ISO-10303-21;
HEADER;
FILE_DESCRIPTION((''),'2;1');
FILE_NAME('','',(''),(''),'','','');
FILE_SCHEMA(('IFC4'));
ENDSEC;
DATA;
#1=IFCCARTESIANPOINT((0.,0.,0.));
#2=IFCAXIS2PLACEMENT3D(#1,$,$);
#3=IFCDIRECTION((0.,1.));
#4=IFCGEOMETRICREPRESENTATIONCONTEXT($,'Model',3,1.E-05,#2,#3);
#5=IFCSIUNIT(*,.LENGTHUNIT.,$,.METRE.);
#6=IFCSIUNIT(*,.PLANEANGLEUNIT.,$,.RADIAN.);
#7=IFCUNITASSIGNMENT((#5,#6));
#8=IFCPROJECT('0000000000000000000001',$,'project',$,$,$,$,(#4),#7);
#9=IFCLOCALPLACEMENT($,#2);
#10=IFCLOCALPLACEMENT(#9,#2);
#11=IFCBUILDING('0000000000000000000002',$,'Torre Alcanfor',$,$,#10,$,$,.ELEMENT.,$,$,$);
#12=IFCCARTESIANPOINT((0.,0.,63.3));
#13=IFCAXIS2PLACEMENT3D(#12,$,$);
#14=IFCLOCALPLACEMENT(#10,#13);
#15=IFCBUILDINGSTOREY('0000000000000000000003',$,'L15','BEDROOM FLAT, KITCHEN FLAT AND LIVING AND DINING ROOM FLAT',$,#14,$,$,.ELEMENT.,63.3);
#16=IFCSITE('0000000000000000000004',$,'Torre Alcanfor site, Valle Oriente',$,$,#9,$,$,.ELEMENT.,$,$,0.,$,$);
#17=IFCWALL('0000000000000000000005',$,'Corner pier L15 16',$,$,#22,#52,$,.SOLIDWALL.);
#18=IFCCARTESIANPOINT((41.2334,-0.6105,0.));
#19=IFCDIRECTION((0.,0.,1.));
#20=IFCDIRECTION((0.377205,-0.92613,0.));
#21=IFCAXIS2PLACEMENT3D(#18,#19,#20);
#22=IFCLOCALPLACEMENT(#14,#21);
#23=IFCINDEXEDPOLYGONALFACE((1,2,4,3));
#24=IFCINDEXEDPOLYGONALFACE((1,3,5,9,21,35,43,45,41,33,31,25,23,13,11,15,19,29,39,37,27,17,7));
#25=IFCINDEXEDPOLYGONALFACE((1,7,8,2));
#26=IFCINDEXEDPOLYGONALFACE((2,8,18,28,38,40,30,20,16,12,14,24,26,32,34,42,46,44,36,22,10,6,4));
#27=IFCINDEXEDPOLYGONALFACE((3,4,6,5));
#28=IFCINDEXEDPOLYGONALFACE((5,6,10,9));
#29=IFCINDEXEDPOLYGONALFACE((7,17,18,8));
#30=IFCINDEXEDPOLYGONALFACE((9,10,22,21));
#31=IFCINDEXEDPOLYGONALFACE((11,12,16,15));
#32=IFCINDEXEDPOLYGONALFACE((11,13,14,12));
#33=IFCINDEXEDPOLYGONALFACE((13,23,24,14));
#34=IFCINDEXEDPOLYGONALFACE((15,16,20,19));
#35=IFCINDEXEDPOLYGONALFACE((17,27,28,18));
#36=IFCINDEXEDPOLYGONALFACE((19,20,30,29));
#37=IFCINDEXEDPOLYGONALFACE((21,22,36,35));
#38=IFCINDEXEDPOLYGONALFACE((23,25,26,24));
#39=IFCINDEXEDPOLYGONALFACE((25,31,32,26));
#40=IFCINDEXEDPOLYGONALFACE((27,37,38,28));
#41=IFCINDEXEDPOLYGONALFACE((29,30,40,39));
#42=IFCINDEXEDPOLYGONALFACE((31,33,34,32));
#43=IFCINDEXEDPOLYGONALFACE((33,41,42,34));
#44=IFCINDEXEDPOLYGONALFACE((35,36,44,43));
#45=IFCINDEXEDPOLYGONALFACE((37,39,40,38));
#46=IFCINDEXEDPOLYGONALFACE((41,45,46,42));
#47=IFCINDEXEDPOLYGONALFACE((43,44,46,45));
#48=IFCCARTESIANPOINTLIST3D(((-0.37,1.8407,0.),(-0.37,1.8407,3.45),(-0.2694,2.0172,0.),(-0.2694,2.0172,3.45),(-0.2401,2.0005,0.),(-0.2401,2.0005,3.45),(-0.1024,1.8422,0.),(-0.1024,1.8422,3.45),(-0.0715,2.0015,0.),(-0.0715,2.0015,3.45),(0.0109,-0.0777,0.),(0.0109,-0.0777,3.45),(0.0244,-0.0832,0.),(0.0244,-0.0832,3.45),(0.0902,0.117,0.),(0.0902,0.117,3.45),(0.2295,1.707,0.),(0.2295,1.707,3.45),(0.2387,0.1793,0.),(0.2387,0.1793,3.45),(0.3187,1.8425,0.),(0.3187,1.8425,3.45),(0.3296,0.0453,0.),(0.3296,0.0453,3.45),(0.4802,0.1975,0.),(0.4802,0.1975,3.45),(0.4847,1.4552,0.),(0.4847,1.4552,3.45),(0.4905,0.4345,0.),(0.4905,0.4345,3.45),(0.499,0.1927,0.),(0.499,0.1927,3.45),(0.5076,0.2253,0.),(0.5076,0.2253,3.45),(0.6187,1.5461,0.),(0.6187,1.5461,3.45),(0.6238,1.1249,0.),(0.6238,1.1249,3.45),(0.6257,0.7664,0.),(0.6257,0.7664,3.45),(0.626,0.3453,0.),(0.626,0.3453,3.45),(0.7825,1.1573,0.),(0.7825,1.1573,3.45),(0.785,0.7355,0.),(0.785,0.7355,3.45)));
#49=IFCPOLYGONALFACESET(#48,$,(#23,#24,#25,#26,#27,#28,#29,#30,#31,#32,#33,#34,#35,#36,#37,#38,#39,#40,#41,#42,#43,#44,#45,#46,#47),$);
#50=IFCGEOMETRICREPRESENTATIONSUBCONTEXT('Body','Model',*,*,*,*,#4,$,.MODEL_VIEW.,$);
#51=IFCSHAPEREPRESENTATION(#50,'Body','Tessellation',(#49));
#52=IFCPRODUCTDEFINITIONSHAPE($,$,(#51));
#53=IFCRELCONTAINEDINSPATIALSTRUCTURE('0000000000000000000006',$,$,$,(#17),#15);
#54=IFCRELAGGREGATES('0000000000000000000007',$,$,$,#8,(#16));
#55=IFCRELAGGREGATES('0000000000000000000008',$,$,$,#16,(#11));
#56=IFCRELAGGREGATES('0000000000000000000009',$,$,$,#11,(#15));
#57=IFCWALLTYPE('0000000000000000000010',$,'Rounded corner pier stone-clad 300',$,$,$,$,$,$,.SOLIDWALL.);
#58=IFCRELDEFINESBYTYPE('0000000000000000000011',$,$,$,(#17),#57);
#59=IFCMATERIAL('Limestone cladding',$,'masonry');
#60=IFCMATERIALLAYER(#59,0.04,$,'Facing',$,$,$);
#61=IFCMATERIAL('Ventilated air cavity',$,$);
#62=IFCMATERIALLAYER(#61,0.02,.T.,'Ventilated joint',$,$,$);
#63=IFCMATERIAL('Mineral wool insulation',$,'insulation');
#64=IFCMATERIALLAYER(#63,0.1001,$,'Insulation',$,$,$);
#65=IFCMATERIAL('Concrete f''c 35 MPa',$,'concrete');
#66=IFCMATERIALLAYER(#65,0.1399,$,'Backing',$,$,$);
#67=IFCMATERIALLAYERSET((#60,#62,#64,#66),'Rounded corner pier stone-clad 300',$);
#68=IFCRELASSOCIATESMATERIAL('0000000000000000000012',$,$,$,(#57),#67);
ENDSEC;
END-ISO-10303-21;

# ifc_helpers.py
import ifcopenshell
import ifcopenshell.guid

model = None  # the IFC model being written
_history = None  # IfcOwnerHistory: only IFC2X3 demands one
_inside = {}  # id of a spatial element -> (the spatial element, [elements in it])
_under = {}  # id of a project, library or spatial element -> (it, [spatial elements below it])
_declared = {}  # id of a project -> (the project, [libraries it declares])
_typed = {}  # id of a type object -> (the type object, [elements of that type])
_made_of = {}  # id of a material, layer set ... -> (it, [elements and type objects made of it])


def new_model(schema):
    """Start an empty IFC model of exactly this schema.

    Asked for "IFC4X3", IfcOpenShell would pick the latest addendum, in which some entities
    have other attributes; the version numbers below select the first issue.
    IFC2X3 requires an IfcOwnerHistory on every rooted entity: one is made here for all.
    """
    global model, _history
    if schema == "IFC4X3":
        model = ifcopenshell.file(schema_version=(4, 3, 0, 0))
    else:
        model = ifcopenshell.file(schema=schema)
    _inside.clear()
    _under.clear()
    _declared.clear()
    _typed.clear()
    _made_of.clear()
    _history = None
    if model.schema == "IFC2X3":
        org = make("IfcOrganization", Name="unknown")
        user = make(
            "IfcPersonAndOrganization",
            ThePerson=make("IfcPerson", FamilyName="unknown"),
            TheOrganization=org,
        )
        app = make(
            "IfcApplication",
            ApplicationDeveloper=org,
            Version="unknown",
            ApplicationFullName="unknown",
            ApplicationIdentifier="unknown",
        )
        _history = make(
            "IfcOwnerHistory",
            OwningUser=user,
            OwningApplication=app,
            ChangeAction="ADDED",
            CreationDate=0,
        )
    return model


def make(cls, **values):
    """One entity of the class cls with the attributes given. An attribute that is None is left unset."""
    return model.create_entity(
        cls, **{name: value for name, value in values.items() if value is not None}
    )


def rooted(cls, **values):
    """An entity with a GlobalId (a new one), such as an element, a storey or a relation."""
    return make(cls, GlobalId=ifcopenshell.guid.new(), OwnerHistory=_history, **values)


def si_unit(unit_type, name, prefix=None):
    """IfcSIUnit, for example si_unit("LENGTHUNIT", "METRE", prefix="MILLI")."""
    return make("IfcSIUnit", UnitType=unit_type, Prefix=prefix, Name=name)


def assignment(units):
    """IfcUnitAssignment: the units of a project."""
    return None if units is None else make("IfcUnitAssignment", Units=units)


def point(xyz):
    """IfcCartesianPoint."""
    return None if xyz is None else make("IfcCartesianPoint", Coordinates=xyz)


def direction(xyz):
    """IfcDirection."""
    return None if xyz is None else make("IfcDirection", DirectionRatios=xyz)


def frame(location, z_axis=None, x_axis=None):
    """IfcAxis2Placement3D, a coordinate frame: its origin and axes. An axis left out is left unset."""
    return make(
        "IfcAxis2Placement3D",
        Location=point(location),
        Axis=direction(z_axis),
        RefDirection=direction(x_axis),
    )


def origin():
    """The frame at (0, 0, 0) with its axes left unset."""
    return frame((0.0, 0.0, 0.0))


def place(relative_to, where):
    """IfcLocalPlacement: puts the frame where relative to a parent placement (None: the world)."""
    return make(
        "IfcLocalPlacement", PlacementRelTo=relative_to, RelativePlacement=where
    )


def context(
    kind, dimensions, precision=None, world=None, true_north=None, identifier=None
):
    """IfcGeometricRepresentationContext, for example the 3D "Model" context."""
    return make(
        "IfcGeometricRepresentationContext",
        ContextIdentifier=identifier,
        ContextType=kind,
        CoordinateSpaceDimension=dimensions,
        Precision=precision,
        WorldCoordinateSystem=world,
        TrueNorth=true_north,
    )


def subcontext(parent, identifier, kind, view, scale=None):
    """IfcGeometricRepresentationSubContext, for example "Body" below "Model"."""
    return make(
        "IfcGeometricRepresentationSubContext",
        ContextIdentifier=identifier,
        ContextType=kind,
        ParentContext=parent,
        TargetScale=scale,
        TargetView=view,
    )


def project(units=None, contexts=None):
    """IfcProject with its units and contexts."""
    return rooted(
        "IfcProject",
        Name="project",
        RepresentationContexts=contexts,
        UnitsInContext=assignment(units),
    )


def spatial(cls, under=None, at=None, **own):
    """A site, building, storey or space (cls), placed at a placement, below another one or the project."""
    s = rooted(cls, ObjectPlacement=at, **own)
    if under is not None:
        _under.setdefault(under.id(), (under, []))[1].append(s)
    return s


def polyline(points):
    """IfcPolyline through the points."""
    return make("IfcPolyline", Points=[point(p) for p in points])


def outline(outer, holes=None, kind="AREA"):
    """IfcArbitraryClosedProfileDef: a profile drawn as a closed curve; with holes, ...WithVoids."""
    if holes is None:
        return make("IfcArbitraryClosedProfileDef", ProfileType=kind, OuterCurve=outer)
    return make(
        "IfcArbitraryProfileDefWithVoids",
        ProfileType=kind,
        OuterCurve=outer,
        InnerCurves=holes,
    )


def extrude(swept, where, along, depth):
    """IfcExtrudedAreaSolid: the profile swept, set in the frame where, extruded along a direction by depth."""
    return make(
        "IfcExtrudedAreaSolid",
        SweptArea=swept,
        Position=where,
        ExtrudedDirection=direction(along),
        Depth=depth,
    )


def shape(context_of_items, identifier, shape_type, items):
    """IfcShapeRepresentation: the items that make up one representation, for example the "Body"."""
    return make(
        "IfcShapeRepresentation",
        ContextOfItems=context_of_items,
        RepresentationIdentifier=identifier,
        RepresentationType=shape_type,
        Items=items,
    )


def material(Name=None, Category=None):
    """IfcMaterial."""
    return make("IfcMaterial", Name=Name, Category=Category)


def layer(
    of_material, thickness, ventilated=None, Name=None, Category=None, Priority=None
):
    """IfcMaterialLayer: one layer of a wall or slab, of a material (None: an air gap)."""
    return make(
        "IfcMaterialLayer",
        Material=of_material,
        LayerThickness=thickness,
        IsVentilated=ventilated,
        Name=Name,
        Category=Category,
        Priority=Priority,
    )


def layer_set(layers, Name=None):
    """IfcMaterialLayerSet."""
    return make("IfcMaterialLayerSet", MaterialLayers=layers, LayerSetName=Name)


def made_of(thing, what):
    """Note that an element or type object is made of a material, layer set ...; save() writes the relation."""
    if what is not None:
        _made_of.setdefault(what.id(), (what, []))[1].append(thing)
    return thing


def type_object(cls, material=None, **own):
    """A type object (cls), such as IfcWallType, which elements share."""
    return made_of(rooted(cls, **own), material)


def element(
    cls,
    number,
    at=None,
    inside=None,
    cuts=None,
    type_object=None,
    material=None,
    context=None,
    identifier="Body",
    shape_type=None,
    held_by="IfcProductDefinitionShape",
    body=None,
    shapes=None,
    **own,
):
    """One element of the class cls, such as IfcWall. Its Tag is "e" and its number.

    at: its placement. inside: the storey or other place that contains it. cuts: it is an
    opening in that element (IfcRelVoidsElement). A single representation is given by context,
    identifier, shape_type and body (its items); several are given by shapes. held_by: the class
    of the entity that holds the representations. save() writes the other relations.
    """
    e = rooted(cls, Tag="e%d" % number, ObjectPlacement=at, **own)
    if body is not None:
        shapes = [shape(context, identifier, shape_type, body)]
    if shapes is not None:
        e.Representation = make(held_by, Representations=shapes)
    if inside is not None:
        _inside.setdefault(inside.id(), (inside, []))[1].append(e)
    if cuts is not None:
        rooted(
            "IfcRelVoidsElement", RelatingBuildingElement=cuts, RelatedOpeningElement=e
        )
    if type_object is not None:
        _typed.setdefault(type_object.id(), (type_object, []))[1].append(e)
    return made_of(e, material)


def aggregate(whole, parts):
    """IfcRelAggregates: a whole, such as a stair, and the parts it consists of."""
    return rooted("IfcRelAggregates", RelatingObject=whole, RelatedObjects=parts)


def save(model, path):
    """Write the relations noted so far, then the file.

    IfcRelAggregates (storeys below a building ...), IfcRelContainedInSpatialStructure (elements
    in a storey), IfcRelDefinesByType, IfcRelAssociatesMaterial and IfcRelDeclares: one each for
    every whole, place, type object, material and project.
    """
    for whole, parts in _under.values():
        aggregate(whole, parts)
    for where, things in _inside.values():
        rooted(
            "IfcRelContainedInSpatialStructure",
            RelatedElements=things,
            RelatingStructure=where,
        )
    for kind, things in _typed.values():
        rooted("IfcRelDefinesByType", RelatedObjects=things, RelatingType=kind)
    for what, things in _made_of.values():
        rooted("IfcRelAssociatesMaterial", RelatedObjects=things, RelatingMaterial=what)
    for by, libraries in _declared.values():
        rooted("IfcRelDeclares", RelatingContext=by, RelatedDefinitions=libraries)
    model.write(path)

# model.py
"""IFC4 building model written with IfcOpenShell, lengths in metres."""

from ifc_helpers import new_model, si_unit, direction, frame, origin, place, context, subcontext, project, spatial, polyline, outline, extrude, material, layer, layer_set, type_object, element, save


model = new_model("IFC4")

# Units and contexts
model_context = context("Model", 3, precision=1e-05, world=origin(), true_north=direction((0.0, 1.0)))
body_context = subcontext(model_context, "Body", "Model", "MODEL_VIEW")
ifc_project = project(units=[si_unit("LENGTHUNIT", "METRE"), si_unit("PLANEANGLEUNIT", "RADIAN")], contexts=[model_context])

# Site, building, storey
site_placement = place(None, origin())
site = spatial("IfcSite", under=ifc_project, at=site_placement, Name="Torre Alcanfor site, Valle Oriente", CompositionType="ELEMENT", RefElevation=0.0)
building_placement = place(site_placement, origin())
building = spatial("IfcBuilding", under=site, at=building_placement, Name="Torre Alcanfor", CompositionType="ELEMENT")
storey_placement = place(building_placement, frame((0.0, 0.0, 63.3)))
storey = spatial("IfcBuildingStorey", under=building, at=storey_placement, Name="L15", Description="BEDROOM FLAT, KITCHEN FLAT AND LIVING AND DINING ROOM FLAT", CompositionType="ELEMENT", Elevation=63.3)

# Wall
ifc_material_1 = material(Name="Limestone cladding", Category="masonry")
ifc_layer_1 = layer(ifc_material_1, 0.04, Name="Facing")
ifc_material_2 = material(Name="Ventilated air cavity")
ifc_layer_2 = layer(ifc_material_2, 0.02, ventilated=True, Name="Ventilated joint")
ifc_material_3 = material(Name="Mineral wool insulation", Category="insulation")
ifc_layer_3 = layer(ifc_material_3, 0.1001, Name="Insulation")
ifc_material_4 = material(Name="Concrete f'c 35 MPa", Category="concrete")
ifc_layer_4 = layer(ifc_material_4, 0.1399, Name="Backing")
ifc_layer_set_1 = layer_set([ifc_layer_1, ifc_layer_2, ifc_layer_3, ifc_layer_4], Name="Rounded corner pier stone-clad 300")
wall_type_1 = type_object("IfcWallType", Name="Rounded corner pier stone-clad 300", PredefinedType="SOLIDWALL", material=ifc_layer_set_1)
wall_1_placement = place(storey_placement, frame((41.2334, -0.6105, 0.0), z_axis=(0.0, 0.0, 1.0), x_axis=(0.377205, -0.92613, 0.0)))
element("IfcWall", 1, at=wall_1_placement, inside=storey, type_object=wall_type_1, Name="Corner pier L15 16", PredefinedType="SOLIDWALL", context=body_context, shape_type="SweptSolid", body=[
    extrude(outline(polyline([(0.3187, 1.8425), (-0.0715, 2.0015), (-0.2401, 2.0005), (-0.2694, 2.0172), (-0.37, 1.8407), (-0.1024, 1.8422), (0.2295, 1.707), (0.4847, 1.4552), (0.6238, 1.1249), (0.6257, 0.7664), (0.4905, 0.4345), (0.2387, 0.1793), (0.0902, 0.117), (0.0109, -0.0777), (0.0244, -0.0832), (0.3296, 0.0453), (0.4802, 0.1975), (0.499, 0.1927), (0.5076, 0.2253), (0.626, 0.3453), (0.785, 0.7355), (0.7825, 1.1573), (0.6187, 1.5461), (0.3187, 1.8425)])), origin(), (0.0, 0.0, 1.0), 3.45),
])

save(model, "model.ifc")
